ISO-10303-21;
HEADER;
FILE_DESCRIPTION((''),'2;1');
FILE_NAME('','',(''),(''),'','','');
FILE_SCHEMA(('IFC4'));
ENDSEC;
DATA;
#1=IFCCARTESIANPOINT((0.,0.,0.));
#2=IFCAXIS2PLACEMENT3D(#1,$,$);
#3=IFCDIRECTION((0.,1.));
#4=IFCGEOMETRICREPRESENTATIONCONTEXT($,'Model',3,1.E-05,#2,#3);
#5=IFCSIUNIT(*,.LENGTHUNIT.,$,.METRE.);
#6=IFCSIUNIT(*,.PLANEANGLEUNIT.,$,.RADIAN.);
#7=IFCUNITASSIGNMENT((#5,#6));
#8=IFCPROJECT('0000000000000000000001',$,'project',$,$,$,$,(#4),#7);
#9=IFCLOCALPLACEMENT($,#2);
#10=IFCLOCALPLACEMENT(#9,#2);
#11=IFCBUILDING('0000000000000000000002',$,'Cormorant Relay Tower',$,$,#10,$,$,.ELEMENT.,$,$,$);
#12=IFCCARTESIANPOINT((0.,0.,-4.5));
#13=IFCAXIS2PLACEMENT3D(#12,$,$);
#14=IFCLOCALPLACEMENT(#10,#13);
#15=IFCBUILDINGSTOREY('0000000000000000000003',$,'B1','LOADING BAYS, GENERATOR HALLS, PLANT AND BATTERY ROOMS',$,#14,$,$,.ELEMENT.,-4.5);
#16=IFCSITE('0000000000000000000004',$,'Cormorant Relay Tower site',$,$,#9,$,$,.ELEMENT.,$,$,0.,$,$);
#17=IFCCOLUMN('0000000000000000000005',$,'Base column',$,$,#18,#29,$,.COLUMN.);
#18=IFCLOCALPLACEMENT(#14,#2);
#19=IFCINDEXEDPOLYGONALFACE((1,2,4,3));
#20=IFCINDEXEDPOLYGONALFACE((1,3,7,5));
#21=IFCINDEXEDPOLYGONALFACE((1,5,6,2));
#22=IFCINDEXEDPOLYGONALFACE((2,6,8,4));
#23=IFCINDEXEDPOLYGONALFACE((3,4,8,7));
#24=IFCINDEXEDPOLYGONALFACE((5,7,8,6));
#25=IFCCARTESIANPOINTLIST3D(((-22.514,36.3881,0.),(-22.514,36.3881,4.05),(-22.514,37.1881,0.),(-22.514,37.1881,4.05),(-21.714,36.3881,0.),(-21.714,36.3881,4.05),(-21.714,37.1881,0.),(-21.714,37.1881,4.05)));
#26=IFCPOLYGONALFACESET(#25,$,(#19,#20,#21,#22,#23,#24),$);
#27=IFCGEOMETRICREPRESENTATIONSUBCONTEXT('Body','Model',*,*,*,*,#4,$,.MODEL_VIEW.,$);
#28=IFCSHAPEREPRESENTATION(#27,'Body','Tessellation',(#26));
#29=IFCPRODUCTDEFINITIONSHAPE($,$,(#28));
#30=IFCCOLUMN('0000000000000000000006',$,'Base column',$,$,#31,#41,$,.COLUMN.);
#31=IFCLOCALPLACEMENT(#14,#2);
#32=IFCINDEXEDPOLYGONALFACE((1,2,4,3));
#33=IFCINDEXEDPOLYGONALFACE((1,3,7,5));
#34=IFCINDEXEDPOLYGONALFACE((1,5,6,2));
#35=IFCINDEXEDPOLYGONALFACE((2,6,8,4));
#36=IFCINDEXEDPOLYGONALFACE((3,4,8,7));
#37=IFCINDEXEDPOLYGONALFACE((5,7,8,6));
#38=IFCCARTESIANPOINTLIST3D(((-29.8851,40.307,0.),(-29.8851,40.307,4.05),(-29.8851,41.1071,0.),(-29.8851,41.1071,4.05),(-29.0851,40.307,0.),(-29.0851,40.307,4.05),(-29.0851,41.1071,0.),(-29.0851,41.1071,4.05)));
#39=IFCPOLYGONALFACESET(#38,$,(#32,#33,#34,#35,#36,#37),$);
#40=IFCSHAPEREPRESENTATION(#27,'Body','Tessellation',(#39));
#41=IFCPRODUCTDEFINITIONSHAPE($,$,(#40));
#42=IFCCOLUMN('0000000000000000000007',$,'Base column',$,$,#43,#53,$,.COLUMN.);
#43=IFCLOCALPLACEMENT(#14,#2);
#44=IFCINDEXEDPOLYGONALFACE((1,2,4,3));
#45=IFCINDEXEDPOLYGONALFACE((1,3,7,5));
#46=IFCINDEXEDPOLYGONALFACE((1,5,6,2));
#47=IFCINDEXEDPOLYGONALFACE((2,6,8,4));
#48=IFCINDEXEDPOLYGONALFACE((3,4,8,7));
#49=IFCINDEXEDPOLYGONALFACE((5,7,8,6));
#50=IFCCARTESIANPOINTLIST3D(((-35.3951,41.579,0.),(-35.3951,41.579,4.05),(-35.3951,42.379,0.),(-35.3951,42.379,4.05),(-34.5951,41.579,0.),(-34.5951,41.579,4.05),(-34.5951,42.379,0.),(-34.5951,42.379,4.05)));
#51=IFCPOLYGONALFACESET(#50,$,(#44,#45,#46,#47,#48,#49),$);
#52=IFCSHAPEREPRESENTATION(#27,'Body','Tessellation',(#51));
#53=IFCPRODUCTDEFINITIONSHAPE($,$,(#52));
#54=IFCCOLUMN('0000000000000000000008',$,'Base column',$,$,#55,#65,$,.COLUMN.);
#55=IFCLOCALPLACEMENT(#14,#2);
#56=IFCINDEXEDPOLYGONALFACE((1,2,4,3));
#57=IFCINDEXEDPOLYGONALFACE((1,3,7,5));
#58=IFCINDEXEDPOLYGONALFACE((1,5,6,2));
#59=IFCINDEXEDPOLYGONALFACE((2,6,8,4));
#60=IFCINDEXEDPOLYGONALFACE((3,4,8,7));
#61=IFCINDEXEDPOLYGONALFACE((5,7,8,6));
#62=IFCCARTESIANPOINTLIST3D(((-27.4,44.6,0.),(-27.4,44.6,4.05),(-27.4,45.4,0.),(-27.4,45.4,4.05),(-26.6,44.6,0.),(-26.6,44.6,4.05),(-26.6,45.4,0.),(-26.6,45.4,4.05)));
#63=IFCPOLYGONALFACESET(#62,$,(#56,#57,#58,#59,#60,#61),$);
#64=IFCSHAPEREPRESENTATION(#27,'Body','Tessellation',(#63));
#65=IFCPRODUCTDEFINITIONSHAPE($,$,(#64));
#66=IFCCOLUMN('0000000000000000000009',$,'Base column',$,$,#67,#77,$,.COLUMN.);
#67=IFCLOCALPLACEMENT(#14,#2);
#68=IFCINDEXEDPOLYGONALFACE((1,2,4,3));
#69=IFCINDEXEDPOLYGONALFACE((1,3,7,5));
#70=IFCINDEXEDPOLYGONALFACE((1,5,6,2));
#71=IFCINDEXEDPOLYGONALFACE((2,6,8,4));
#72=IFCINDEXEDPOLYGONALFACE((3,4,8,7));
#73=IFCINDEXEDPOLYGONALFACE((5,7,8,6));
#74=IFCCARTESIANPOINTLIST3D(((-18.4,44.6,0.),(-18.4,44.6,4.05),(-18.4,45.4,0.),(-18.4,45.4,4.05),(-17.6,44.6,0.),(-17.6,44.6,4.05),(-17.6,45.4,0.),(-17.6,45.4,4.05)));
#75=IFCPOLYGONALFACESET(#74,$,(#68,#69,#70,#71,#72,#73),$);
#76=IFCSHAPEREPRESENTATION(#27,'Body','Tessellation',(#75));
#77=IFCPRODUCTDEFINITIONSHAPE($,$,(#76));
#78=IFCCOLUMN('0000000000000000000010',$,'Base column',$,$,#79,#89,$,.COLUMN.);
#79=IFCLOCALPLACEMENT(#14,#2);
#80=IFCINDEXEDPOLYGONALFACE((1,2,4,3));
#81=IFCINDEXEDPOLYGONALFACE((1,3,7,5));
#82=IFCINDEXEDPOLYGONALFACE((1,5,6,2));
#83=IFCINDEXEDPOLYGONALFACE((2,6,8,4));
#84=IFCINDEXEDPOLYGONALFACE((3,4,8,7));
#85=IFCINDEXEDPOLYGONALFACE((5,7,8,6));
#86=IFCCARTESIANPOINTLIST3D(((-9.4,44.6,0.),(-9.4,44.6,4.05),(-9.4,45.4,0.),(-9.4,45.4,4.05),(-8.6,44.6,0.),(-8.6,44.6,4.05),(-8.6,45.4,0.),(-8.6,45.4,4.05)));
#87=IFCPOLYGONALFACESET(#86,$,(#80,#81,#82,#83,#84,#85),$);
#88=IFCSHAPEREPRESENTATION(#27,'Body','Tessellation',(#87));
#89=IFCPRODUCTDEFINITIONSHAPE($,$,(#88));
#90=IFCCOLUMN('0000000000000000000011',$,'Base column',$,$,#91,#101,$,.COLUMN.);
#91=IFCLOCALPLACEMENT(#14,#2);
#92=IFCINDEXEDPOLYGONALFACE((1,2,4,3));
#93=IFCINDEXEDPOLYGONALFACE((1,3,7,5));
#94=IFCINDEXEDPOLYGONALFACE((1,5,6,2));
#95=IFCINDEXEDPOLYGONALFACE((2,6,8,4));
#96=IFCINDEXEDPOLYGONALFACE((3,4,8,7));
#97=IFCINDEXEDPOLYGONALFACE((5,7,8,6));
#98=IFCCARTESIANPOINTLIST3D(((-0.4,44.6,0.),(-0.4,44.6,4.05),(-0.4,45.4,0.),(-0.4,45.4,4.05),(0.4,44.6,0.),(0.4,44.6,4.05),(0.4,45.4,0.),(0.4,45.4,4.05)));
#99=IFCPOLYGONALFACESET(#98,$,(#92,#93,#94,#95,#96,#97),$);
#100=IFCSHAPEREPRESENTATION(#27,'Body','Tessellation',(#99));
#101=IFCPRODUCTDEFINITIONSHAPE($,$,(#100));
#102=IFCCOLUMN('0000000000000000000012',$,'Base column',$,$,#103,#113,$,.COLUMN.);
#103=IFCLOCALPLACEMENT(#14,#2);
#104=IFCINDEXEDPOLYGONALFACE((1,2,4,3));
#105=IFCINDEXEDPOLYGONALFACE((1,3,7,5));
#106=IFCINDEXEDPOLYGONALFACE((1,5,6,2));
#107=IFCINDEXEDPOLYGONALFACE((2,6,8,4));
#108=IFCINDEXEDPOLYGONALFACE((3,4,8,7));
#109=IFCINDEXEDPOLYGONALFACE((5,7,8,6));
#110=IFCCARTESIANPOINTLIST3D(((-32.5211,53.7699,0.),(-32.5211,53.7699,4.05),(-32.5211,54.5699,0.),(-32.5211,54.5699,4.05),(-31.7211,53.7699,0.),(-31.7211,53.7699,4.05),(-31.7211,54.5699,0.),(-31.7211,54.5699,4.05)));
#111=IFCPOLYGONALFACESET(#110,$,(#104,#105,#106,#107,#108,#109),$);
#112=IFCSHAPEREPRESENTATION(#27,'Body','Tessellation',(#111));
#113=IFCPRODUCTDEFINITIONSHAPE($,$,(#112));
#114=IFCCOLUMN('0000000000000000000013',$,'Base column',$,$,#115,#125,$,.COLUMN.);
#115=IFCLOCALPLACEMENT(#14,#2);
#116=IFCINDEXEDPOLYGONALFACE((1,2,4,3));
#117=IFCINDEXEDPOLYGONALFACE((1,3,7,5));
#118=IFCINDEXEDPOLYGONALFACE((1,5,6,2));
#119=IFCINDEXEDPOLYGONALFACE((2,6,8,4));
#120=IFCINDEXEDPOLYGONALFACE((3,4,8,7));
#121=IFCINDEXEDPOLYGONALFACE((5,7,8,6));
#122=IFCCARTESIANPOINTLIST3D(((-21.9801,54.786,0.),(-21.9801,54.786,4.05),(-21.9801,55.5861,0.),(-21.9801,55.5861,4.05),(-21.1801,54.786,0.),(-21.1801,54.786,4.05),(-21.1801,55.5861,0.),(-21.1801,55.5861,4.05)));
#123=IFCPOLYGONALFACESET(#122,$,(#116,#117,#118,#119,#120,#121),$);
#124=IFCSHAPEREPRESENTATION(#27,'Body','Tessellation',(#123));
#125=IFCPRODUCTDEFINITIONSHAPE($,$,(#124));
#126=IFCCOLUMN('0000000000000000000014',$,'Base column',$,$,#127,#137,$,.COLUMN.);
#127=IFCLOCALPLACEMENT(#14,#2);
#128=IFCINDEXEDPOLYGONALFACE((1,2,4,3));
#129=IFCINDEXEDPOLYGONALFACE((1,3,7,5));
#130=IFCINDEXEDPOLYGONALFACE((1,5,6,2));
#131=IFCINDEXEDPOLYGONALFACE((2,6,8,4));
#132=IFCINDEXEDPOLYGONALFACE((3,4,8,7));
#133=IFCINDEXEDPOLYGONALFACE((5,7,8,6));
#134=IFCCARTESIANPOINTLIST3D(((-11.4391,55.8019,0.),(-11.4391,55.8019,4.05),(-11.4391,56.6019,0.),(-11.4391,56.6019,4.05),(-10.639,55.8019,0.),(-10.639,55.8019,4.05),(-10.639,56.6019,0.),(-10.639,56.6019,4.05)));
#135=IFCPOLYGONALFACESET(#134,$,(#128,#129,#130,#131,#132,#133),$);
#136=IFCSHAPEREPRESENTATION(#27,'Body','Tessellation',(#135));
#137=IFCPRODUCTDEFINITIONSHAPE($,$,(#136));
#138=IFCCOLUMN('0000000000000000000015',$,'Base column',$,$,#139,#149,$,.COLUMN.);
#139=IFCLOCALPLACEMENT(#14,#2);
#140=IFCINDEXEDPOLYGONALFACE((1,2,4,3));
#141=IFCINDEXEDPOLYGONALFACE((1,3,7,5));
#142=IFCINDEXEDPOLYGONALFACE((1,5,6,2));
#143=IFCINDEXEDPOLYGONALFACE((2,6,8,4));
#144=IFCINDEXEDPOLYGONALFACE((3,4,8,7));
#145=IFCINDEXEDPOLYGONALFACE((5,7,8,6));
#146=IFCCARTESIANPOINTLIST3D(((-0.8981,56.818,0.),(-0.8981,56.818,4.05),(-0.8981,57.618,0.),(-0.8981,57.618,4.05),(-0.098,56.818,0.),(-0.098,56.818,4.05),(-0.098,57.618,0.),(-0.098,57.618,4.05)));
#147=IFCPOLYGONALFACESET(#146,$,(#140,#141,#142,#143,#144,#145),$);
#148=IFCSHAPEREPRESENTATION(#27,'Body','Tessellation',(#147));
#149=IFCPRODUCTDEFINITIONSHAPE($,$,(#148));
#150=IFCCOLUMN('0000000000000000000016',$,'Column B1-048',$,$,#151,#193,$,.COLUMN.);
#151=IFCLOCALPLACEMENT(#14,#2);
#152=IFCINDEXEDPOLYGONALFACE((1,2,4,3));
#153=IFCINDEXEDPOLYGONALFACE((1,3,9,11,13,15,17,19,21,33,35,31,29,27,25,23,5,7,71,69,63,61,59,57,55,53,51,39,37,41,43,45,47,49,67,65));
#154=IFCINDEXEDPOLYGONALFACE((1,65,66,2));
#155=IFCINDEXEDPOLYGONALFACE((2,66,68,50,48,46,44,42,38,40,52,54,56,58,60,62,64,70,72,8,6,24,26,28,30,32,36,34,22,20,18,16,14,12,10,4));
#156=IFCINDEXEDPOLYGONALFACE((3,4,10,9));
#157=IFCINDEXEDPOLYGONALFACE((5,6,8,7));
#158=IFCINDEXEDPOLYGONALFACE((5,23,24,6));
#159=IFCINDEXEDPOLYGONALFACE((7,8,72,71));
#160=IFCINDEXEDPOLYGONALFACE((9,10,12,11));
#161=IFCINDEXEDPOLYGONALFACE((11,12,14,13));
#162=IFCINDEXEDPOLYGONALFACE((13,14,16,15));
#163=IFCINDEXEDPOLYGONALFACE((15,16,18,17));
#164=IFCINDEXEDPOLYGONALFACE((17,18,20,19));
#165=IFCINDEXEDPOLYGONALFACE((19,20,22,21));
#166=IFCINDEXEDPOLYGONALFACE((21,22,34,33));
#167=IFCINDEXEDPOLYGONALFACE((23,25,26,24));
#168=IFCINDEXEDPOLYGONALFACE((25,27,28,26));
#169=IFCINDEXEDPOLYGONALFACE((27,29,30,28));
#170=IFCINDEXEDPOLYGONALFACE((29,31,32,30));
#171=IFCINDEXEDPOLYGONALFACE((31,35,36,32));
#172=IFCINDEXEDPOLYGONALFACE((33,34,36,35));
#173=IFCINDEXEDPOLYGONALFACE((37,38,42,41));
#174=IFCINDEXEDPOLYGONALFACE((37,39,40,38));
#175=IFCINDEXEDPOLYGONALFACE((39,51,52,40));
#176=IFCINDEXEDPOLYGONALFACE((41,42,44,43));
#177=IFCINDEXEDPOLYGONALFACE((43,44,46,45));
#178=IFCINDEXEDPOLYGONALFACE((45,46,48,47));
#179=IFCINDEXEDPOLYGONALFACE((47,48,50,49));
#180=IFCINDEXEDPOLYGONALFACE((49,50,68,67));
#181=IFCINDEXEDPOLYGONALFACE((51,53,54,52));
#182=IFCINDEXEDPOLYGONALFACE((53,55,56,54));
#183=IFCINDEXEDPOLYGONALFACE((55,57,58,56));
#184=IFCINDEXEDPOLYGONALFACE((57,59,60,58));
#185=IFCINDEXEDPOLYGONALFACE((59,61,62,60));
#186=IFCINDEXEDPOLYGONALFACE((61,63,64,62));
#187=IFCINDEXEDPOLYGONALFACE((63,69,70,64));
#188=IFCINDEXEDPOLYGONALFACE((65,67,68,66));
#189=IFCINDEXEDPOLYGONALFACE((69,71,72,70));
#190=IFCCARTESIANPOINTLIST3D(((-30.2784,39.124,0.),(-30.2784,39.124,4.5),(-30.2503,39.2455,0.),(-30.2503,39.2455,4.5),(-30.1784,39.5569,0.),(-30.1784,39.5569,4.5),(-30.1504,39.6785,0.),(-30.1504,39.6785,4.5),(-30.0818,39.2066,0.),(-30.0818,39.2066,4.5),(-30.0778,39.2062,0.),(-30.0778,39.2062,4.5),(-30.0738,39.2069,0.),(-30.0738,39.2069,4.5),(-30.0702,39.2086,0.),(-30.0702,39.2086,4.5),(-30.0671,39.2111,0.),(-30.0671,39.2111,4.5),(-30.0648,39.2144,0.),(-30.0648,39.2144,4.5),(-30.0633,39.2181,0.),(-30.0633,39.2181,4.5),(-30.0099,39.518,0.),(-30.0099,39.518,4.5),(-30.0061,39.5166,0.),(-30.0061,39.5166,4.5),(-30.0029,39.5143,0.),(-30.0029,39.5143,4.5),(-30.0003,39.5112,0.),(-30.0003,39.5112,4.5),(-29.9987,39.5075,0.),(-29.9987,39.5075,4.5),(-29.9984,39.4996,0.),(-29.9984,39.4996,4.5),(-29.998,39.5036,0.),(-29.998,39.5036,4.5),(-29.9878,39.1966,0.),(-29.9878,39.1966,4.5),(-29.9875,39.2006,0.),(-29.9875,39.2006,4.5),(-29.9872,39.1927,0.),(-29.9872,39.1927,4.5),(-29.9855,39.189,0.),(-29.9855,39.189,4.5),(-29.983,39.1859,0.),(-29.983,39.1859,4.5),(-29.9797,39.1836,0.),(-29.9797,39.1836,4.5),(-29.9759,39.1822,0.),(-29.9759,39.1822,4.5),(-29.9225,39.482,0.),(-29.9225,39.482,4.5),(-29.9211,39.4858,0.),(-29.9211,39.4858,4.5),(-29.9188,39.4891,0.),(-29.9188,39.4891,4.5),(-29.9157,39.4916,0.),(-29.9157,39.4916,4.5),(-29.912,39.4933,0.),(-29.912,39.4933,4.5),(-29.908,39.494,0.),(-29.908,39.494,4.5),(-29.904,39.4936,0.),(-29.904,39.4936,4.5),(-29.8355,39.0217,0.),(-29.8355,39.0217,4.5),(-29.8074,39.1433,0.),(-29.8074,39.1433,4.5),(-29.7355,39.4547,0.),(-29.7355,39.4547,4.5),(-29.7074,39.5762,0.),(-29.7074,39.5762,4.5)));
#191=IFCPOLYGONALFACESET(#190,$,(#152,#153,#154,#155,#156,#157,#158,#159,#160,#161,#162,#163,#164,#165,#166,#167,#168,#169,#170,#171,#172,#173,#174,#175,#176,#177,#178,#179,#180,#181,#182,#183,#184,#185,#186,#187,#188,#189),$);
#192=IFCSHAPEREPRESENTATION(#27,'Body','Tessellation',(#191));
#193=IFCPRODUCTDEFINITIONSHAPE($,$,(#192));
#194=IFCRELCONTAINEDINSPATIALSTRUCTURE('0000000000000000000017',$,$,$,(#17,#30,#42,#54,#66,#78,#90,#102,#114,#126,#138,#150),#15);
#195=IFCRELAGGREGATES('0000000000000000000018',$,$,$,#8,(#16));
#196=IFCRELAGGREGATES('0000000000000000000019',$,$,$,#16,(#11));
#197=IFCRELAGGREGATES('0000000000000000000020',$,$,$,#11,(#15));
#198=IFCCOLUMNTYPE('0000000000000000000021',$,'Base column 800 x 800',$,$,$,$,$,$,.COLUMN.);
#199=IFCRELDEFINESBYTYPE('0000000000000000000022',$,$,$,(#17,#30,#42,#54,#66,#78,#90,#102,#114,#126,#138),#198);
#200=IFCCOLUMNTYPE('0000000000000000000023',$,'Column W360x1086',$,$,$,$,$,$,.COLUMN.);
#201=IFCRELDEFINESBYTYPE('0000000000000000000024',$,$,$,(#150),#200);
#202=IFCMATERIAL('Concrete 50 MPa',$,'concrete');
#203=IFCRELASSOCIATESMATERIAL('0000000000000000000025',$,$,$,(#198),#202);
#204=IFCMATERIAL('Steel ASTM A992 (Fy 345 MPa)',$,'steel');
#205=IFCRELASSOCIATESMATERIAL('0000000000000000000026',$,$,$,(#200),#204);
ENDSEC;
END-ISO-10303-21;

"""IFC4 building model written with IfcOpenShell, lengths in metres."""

from ifc_helpers import new_model, si_unit, direction, frame, origin, origin_2d, place, context, subcontext, project, spatial, rectangle, i_section, extrude, material, material_profile, profile_set, type_object, element, save


model = new_model("IFC4")

# Units and contexts
model_context = context("Model", 3, precision=1e-05, world=origin(), true_north=direction((0.0, 1.0)))
body_context = subcontext(model_context, "Body", "Model", "MODEL_VIEW")
ifc_project = project(units=[si_unit("LENGTHUNIT", "METRE"), si_unit("PLANEANGLEUNIT", "RADIAN")], contexts=[model_context])

# Site, building, storey
site_placement = place(None, origin())
site = spatial("IfcSite", under=ifc_project, at=site_placement, Name="Cormorant Relay Tower site", CompositionType="ELEMENT", RefElevation=0.0)
building_placement = place(site_placement, origin())
building = spatial("IfcBuilding", under=site, at=building_placement, Name="Cormorant Relay Tower", CompositionType="ELEMENT")
storey_placement = place(building_placement, frame((0.0, 0.0, -4.5)))
storey = spatial("IfcBuildingStorey", under=building, at=storey_placement, Name="B1", Description="LOADING BAYS, GENERATOR HALLS, PLANT AND BATTERY ROOMS", CompositionType="ELEMENT", Elevation=-4.5)

# Columns
ifc_material_1 = material(Name="Concrete 50 MPa", Category="concrete")
ifc_material_profile_1 = material_profile(ifc_material_1, rectangle(XDim=0.8, YDim=0.8, at=origin_2d()), Name="RC 800x800")
ifc_profile_set_1 = profile_set([ifc_material_profile_1], Name="Concrete 50 MPa")
column_type_1 = type_object("IfcColumnType", Name="Base column 800 x 800", PredefinedType="COLUMN", material=ifc_profile_set_1)
for number, where, z_axis, x_axis, name in (
    (1, (-22.114, 36.7881, 0.0), (0.0, 0.0, 1.0), (1.0, 0.0, 0.0), "Base column"),
    (2, (-29.4851, 40.707, 0.0), (0.0, 0.0, 1.0), (1.0, 0.0, 0.0), "Base column"),
    (3, (-34.9951, 41.979, 0.0), (0.0, 0.0, 1.0), (1.0, 0.0, 0.0), "Base column"),
    (4, (-27.0, 45.0, 0.0), (0.0, 0.0, 1.0), (1.0, 0.0, 0.0), "Base column"),
    (5, (-18.0, 45.0, 0.0), (0.0, 0.0, 1.0), (1.0, 0.0, 0.0), "Base column"),
    (6, (-9.0, 45.0, 0.0), (0.0, 0.0, 1.0), (1.0, 0.0, 0.0), "Base column"),
    (7, (0.0, 45.0, 0.0), (0.0, 0.0, 1.0), (1.0, 0.0, 0.0), "Base column"),
    (8, (-32.1211, 54.1699, 0.0), (0.0, 0.0, 1.0), (1.0, 0.0, 0.0), "Base column"),
    (9, (-21.5801, 55.186, 0.0), (0.0, 0.0, 1.0), (1.0, 0.0, 0.0), "Base column"),
    (10, (-11.0391, 56.2019, 0.0), (0.0, 0.0, 1.0), (1.0, 0.0, 0.0), "Base column"),
    (11, (-0.498, 57.218, 0.0), (0.0, 0.0, 1.0), (1.0, 0.0, 0.0), "Base column"),
):
    element("IfcColumn", number, at=place(storey_placement, frame(where, z_axis=z_axis, x_axis=x_axis)), inside=storey, type_object=column_type_1, Name=name, PredefinedType="COLUMN", context=body_context, shape_type="SweptSolid", body=[
        extrude(rectangle(XDim=0.8, YDim=0.8, at=origin_2d()), origin(), (0.0, 0.0, 1.0), 4.05),
    ])
ifc_material_2 = material(Name="Steel ASTM A992 (Fy 345 MPa)", Category="steel")
ifc_material_profile_2 = material_profile(ifc_material_2, i_section(OverallWidth=0.4546, OverallDepth=0.5691, WebThickness=0.0779, FlangeThickness=0.1248, FilletRadius=0.0154, at=origin_2d()), Name="W360x1086")
ifc_profile_set_2 = profile_set([ifc_material_profile_2], Name="Steel ASTM A992 (Fy 345 MPa)")
column_type_2 = type_object("IfcColumnType", Name="Column W360x1086", PredefinedType="COLUMN", material=ifc_profile_set_2)
column_1_placement = place(storey_placement, frame((-29.9929, 39.3501, 0.0), z_axis=(0.0, 0.0, 1.0), x_axis=(-0.97437, 0.224951, 0.0)))
element("IfcColumn", 12, at=column_1_placement, inside=storey, type_object=column_type_2, Name="Column B1-048", PredefinedType="COLUMN", context=body_context, shape_type="SweptSolid", body=[
    extrude(i_section(OverallWidth=0.4546, OverallDepth=0.5691, WebThickness=0.0779, FlangeThickness=0.1248, FilletRadius=0.0154, at=origin_2d()), origin(), (0.0, 0.0, 1.0), 4.5),
])

save(model, "model.ifc")
